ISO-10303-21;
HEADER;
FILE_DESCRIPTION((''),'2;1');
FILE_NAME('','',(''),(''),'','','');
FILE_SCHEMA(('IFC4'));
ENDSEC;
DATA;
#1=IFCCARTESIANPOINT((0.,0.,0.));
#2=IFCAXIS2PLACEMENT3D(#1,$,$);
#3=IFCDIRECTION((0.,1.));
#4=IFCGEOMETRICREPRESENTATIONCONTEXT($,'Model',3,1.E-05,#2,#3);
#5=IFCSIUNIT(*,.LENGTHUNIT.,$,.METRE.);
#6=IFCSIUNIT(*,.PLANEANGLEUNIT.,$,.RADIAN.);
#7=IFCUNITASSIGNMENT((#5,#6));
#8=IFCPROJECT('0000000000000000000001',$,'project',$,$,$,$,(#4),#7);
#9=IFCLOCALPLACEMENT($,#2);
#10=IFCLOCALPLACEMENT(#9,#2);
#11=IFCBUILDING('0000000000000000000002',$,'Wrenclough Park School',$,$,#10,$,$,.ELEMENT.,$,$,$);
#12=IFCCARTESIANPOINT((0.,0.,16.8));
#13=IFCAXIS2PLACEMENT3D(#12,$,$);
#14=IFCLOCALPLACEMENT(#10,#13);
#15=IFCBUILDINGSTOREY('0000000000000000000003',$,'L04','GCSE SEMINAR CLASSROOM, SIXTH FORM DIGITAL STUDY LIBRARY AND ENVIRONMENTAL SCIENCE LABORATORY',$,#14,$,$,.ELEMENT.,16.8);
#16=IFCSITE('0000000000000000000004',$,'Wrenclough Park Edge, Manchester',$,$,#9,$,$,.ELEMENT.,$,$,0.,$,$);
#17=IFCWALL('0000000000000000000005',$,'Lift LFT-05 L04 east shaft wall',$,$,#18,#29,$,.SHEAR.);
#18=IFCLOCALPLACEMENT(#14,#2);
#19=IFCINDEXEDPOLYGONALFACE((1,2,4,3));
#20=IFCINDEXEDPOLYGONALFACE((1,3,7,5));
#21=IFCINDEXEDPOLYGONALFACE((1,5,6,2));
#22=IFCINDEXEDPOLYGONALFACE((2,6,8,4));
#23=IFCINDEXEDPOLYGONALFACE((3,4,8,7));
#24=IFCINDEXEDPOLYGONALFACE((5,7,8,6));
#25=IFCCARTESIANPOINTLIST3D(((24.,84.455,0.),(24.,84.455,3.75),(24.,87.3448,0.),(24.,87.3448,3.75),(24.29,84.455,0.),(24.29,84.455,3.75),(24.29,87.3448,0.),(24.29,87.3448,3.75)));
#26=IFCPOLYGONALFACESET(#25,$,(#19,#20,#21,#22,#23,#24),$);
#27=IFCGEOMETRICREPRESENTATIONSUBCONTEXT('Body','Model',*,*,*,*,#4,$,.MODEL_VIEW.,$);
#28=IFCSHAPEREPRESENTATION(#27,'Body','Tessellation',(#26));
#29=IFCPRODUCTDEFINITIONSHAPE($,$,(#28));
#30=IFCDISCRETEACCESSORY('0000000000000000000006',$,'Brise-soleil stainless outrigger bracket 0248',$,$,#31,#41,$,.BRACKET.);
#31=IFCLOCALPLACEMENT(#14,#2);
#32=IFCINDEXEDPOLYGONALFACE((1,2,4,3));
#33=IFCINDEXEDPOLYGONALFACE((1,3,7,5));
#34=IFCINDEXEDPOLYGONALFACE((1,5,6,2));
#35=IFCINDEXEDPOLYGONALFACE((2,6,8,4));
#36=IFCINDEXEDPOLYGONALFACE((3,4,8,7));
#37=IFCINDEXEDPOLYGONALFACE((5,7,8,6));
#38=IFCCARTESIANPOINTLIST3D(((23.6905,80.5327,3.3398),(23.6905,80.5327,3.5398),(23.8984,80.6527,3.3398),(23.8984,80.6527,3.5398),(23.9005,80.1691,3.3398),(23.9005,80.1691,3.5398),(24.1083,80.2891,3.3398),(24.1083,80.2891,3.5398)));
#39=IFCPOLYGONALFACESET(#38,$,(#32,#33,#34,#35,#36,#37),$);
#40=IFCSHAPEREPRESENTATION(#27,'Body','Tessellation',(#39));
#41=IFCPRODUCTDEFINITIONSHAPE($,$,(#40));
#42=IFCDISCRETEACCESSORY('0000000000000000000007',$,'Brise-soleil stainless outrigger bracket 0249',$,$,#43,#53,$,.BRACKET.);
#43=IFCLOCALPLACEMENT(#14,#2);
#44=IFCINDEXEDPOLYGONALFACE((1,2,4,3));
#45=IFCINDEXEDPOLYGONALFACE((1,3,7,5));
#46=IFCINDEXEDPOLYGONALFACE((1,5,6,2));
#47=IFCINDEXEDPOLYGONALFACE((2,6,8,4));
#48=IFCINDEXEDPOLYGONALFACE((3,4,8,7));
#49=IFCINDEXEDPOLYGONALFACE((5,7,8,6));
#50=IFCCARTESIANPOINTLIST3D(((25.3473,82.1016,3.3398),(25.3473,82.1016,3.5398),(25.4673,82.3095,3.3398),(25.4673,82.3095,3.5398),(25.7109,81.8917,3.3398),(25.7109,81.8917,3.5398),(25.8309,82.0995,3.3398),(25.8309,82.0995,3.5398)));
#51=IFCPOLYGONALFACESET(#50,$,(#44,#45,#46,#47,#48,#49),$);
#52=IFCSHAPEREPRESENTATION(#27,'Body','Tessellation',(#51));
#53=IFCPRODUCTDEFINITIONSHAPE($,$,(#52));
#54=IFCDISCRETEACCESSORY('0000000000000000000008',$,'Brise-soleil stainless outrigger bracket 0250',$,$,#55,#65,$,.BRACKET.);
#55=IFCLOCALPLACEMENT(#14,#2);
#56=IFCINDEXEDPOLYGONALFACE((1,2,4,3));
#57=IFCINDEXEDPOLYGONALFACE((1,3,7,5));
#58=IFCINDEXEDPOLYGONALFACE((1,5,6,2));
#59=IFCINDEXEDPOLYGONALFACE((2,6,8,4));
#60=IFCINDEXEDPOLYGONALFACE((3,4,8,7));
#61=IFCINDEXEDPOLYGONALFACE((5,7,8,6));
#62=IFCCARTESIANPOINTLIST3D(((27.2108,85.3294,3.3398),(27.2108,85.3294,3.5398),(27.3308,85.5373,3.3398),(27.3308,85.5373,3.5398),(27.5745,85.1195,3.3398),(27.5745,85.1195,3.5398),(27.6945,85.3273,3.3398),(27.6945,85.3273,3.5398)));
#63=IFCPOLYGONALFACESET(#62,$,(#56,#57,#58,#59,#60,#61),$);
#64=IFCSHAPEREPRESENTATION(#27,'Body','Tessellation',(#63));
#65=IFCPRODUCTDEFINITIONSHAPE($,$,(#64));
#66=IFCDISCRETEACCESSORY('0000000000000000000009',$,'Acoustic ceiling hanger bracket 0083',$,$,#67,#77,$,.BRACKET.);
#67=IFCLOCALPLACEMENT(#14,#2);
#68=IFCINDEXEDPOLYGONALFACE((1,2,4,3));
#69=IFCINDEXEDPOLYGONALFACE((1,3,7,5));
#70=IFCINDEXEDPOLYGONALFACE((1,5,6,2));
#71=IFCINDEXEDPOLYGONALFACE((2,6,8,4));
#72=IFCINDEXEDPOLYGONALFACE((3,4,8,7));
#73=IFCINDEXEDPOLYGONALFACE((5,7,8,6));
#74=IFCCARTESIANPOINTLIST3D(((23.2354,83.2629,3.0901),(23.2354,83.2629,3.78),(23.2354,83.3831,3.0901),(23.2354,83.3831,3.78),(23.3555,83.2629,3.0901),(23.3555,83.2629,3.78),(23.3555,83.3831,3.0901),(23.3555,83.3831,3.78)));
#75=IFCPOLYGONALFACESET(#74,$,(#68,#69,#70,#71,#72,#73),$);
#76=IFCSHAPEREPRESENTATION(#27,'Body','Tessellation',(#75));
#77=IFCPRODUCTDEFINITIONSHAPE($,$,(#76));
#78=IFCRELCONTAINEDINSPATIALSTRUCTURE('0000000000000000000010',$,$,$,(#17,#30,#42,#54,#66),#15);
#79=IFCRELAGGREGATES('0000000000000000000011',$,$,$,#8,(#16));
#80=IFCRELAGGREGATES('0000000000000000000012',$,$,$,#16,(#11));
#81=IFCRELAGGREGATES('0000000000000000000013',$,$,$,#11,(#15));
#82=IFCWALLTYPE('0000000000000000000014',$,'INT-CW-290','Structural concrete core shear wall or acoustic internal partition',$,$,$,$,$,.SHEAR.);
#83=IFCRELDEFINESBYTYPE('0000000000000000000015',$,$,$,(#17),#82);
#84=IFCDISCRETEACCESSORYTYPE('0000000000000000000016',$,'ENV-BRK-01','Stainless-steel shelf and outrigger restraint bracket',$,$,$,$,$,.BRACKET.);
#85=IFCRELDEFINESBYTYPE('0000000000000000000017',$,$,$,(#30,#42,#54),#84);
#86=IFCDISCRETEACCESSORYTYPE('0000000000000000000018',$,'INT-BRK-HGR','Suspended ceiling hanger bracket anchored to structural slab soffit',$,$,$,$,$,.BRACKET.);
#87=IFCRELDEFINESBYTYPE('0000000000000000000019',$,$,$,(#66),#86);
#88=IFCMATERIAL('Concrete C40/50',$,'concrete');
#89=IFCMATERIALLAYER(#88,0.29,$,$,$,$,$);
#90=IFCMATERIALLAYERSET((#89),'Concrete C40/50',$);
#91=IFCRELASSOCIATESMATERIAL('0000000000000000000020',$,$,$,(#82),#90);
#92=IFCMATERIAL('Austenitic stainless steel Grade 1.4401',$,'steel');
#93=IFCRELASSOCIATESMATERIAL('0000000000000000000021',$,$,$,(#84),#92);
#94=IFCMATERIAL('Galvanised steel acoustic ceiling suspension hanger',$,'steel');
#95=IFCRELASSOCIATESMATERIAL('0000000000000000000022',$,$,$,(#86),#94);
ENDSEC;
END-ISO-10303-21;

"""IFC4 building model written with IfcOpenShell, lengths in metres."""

from ifc_helpers import new_model, si_unit, direction, frame, frame_2d, origin, origin_2d, place, context, subcontext, project, spatial, rectangle, extrude, material, layer, layer_set, type_object, element, save


model = new_model("IFC4")

# Units and contexts
model_context = context("Model", 3, precision=1e-05, world=origin(), true_north=direction((0.0, 1.0)))
body_context = subcontext(model_context, "Body", "Model", "MODEL_VIEW")
ifc_project = project(units=[si_unit("LENGTHUNIT", "METRE"), si_unit("PLANEANGLEUNIT", "RADIAN")], contexts=[model_context])

# Site, building, storey
site_placement = place(None, origin())
site = spatial("IfcSite", under=ifc_project, at=site_placement, Name="Wrenclough Park Edge, Manchester", CompositionType="ELEMENT", RefElevation=0.0)
building_placement = place(site_placement, origin())
building = spatial("IfcBuilding", under=site, at=building_placement, Name="Wrenclough Park School", CompositionType="ELEMENT")
storey_placement = place(building_placement, frame((0.0, 0.0, 16.8)))
storey = spatial("IfcBuildingStorey", under=building, at=storey_placement, Name="L04", Description="GCSE SEMINAR CLASSROOM, SIXTH FORM DIGITAL STUDY LIBRARY AND ENVIRONMENTAL SCIENCE LABORATORY", CompositionType="ELEMENT", Elevation=16.8)

# Wall
ifc_material_1 = material(Name="Concrete C40/50", Category="concrete")
ifc_layer_1 = layer(ifc_material_1, 0.29)
ifc_layer_set_1 = layer_set([ifc_layer_1], Name="Concrete C40/50")
wall_type_1 = type_object("IfcWallType", Name="INT-CW-290", Description="Structural concrete core shear wall or acoustic internal partition", PredefinedType="SHEAR", material=ifc_layer_set_1)
wall_1_placement = place(storey_placement, frame((24.145, 84.4551, 0.0), z_axis=(0.0, 0.0, 1.0), x_axis=(0.0, 1.0, 0.0)))
element("IfcWall", 1, at=wall_1_placement, inside=storey, type_object=wall_type_1, Name="Lift LFT-05 L04 east shaft wall", PredefinedType="SHEAR", context=body_context, shape_type="SweptSolid", body=[
    extrude(rectangle(XDim=2.8899, YDim=0.29, at=frame_2d((1.4448, 0.0))), origin(), (0.0, 0.0, 1.0), 3.75),
])

# Discrete accessories
ifc_material_2 = material(Name="Austenitic stainless steel Grade 1.4401", Category="steel")
discrete_accessory_type_1 = type_object("IfcDiscreteAccessoryType", Name="ENV-BRK-01", Description="Stainless-steel shelf and outrigger restraint bracket", PredefinedType="BRACKET", material=ifc_material_2)
for number, where, z_axis, x_axis, name in (
    (2, (23.8994, 80.4109, 3.3398), (0.0, 0.0, 1.0), (0.866029, 0.499993, 0.0), "Brise-soleil stainless outrigger bracket 0248"),
    (3, (25.5891, 82.1006, 3.3398), (0.0, 0.0, 1.0), (0.499993, 0.866029, 0.0), "Brise-soleil stainless outrigger bracket 0249"),
    (4, (27.4526, 85.3284, 3.3398), (0.0, 0.0, 1.0), (0.499993, 0.866029, 0.0), "Brise-soleil stainless outrigger bracket 0250"),
):
    element("IfcDiscreteAccessory", number, at=place(storey_placement, frame(where, z_axis=z_axis, x_axis=x_axis)), inside=storey, type_object=discrete_accessory_type_1, Name=name, PredefinedType="BRACKET", context=body_context, shape_type="SweptSolid", body=[
        extrude(rectangle(XDim=0.24, YDim=0.4199, at=origin_2d()), origin(), (0.0, 0.0, 1.0), 0.2),
    ])
ifc_material_3 = material(Name="Galvanised steel acoustic ceiling suspension hanger", Category="steel")
discrete_accessory_type_2 = type_object("IfcDiscreteAccessoryType", Name="INT-BRK-HGR", Description="Suspended ceiling hanger bracket anchored to structural slab soffit", PredefinedType="BRACKET", material=ifc_material_3)
discrete_accessory_placement = place(storey_placement, frame((23.2954, 83.323, 3.0901), z_axis=(0.0, 0.0, 1.0), x_axis=(1.0, 0.0, 0.0)))
element("IfcDiscreteAccessory", 5, at=discrete_accessory_placement, inside=storey, type_object=discrete_accessory_type_2, Name="Acoustic ceiling hanger bracket 0083", PredefinedType="BRACKET", context=body_context, shape_type="SweptSolid", body=[
    extrude(rectangle(XDim=0.1201, YDim=0.1201, at=origin_2d()), origin(), (0.0, 0.0, 1.0), 0.6899),
])

save(model, "model.ifc")
